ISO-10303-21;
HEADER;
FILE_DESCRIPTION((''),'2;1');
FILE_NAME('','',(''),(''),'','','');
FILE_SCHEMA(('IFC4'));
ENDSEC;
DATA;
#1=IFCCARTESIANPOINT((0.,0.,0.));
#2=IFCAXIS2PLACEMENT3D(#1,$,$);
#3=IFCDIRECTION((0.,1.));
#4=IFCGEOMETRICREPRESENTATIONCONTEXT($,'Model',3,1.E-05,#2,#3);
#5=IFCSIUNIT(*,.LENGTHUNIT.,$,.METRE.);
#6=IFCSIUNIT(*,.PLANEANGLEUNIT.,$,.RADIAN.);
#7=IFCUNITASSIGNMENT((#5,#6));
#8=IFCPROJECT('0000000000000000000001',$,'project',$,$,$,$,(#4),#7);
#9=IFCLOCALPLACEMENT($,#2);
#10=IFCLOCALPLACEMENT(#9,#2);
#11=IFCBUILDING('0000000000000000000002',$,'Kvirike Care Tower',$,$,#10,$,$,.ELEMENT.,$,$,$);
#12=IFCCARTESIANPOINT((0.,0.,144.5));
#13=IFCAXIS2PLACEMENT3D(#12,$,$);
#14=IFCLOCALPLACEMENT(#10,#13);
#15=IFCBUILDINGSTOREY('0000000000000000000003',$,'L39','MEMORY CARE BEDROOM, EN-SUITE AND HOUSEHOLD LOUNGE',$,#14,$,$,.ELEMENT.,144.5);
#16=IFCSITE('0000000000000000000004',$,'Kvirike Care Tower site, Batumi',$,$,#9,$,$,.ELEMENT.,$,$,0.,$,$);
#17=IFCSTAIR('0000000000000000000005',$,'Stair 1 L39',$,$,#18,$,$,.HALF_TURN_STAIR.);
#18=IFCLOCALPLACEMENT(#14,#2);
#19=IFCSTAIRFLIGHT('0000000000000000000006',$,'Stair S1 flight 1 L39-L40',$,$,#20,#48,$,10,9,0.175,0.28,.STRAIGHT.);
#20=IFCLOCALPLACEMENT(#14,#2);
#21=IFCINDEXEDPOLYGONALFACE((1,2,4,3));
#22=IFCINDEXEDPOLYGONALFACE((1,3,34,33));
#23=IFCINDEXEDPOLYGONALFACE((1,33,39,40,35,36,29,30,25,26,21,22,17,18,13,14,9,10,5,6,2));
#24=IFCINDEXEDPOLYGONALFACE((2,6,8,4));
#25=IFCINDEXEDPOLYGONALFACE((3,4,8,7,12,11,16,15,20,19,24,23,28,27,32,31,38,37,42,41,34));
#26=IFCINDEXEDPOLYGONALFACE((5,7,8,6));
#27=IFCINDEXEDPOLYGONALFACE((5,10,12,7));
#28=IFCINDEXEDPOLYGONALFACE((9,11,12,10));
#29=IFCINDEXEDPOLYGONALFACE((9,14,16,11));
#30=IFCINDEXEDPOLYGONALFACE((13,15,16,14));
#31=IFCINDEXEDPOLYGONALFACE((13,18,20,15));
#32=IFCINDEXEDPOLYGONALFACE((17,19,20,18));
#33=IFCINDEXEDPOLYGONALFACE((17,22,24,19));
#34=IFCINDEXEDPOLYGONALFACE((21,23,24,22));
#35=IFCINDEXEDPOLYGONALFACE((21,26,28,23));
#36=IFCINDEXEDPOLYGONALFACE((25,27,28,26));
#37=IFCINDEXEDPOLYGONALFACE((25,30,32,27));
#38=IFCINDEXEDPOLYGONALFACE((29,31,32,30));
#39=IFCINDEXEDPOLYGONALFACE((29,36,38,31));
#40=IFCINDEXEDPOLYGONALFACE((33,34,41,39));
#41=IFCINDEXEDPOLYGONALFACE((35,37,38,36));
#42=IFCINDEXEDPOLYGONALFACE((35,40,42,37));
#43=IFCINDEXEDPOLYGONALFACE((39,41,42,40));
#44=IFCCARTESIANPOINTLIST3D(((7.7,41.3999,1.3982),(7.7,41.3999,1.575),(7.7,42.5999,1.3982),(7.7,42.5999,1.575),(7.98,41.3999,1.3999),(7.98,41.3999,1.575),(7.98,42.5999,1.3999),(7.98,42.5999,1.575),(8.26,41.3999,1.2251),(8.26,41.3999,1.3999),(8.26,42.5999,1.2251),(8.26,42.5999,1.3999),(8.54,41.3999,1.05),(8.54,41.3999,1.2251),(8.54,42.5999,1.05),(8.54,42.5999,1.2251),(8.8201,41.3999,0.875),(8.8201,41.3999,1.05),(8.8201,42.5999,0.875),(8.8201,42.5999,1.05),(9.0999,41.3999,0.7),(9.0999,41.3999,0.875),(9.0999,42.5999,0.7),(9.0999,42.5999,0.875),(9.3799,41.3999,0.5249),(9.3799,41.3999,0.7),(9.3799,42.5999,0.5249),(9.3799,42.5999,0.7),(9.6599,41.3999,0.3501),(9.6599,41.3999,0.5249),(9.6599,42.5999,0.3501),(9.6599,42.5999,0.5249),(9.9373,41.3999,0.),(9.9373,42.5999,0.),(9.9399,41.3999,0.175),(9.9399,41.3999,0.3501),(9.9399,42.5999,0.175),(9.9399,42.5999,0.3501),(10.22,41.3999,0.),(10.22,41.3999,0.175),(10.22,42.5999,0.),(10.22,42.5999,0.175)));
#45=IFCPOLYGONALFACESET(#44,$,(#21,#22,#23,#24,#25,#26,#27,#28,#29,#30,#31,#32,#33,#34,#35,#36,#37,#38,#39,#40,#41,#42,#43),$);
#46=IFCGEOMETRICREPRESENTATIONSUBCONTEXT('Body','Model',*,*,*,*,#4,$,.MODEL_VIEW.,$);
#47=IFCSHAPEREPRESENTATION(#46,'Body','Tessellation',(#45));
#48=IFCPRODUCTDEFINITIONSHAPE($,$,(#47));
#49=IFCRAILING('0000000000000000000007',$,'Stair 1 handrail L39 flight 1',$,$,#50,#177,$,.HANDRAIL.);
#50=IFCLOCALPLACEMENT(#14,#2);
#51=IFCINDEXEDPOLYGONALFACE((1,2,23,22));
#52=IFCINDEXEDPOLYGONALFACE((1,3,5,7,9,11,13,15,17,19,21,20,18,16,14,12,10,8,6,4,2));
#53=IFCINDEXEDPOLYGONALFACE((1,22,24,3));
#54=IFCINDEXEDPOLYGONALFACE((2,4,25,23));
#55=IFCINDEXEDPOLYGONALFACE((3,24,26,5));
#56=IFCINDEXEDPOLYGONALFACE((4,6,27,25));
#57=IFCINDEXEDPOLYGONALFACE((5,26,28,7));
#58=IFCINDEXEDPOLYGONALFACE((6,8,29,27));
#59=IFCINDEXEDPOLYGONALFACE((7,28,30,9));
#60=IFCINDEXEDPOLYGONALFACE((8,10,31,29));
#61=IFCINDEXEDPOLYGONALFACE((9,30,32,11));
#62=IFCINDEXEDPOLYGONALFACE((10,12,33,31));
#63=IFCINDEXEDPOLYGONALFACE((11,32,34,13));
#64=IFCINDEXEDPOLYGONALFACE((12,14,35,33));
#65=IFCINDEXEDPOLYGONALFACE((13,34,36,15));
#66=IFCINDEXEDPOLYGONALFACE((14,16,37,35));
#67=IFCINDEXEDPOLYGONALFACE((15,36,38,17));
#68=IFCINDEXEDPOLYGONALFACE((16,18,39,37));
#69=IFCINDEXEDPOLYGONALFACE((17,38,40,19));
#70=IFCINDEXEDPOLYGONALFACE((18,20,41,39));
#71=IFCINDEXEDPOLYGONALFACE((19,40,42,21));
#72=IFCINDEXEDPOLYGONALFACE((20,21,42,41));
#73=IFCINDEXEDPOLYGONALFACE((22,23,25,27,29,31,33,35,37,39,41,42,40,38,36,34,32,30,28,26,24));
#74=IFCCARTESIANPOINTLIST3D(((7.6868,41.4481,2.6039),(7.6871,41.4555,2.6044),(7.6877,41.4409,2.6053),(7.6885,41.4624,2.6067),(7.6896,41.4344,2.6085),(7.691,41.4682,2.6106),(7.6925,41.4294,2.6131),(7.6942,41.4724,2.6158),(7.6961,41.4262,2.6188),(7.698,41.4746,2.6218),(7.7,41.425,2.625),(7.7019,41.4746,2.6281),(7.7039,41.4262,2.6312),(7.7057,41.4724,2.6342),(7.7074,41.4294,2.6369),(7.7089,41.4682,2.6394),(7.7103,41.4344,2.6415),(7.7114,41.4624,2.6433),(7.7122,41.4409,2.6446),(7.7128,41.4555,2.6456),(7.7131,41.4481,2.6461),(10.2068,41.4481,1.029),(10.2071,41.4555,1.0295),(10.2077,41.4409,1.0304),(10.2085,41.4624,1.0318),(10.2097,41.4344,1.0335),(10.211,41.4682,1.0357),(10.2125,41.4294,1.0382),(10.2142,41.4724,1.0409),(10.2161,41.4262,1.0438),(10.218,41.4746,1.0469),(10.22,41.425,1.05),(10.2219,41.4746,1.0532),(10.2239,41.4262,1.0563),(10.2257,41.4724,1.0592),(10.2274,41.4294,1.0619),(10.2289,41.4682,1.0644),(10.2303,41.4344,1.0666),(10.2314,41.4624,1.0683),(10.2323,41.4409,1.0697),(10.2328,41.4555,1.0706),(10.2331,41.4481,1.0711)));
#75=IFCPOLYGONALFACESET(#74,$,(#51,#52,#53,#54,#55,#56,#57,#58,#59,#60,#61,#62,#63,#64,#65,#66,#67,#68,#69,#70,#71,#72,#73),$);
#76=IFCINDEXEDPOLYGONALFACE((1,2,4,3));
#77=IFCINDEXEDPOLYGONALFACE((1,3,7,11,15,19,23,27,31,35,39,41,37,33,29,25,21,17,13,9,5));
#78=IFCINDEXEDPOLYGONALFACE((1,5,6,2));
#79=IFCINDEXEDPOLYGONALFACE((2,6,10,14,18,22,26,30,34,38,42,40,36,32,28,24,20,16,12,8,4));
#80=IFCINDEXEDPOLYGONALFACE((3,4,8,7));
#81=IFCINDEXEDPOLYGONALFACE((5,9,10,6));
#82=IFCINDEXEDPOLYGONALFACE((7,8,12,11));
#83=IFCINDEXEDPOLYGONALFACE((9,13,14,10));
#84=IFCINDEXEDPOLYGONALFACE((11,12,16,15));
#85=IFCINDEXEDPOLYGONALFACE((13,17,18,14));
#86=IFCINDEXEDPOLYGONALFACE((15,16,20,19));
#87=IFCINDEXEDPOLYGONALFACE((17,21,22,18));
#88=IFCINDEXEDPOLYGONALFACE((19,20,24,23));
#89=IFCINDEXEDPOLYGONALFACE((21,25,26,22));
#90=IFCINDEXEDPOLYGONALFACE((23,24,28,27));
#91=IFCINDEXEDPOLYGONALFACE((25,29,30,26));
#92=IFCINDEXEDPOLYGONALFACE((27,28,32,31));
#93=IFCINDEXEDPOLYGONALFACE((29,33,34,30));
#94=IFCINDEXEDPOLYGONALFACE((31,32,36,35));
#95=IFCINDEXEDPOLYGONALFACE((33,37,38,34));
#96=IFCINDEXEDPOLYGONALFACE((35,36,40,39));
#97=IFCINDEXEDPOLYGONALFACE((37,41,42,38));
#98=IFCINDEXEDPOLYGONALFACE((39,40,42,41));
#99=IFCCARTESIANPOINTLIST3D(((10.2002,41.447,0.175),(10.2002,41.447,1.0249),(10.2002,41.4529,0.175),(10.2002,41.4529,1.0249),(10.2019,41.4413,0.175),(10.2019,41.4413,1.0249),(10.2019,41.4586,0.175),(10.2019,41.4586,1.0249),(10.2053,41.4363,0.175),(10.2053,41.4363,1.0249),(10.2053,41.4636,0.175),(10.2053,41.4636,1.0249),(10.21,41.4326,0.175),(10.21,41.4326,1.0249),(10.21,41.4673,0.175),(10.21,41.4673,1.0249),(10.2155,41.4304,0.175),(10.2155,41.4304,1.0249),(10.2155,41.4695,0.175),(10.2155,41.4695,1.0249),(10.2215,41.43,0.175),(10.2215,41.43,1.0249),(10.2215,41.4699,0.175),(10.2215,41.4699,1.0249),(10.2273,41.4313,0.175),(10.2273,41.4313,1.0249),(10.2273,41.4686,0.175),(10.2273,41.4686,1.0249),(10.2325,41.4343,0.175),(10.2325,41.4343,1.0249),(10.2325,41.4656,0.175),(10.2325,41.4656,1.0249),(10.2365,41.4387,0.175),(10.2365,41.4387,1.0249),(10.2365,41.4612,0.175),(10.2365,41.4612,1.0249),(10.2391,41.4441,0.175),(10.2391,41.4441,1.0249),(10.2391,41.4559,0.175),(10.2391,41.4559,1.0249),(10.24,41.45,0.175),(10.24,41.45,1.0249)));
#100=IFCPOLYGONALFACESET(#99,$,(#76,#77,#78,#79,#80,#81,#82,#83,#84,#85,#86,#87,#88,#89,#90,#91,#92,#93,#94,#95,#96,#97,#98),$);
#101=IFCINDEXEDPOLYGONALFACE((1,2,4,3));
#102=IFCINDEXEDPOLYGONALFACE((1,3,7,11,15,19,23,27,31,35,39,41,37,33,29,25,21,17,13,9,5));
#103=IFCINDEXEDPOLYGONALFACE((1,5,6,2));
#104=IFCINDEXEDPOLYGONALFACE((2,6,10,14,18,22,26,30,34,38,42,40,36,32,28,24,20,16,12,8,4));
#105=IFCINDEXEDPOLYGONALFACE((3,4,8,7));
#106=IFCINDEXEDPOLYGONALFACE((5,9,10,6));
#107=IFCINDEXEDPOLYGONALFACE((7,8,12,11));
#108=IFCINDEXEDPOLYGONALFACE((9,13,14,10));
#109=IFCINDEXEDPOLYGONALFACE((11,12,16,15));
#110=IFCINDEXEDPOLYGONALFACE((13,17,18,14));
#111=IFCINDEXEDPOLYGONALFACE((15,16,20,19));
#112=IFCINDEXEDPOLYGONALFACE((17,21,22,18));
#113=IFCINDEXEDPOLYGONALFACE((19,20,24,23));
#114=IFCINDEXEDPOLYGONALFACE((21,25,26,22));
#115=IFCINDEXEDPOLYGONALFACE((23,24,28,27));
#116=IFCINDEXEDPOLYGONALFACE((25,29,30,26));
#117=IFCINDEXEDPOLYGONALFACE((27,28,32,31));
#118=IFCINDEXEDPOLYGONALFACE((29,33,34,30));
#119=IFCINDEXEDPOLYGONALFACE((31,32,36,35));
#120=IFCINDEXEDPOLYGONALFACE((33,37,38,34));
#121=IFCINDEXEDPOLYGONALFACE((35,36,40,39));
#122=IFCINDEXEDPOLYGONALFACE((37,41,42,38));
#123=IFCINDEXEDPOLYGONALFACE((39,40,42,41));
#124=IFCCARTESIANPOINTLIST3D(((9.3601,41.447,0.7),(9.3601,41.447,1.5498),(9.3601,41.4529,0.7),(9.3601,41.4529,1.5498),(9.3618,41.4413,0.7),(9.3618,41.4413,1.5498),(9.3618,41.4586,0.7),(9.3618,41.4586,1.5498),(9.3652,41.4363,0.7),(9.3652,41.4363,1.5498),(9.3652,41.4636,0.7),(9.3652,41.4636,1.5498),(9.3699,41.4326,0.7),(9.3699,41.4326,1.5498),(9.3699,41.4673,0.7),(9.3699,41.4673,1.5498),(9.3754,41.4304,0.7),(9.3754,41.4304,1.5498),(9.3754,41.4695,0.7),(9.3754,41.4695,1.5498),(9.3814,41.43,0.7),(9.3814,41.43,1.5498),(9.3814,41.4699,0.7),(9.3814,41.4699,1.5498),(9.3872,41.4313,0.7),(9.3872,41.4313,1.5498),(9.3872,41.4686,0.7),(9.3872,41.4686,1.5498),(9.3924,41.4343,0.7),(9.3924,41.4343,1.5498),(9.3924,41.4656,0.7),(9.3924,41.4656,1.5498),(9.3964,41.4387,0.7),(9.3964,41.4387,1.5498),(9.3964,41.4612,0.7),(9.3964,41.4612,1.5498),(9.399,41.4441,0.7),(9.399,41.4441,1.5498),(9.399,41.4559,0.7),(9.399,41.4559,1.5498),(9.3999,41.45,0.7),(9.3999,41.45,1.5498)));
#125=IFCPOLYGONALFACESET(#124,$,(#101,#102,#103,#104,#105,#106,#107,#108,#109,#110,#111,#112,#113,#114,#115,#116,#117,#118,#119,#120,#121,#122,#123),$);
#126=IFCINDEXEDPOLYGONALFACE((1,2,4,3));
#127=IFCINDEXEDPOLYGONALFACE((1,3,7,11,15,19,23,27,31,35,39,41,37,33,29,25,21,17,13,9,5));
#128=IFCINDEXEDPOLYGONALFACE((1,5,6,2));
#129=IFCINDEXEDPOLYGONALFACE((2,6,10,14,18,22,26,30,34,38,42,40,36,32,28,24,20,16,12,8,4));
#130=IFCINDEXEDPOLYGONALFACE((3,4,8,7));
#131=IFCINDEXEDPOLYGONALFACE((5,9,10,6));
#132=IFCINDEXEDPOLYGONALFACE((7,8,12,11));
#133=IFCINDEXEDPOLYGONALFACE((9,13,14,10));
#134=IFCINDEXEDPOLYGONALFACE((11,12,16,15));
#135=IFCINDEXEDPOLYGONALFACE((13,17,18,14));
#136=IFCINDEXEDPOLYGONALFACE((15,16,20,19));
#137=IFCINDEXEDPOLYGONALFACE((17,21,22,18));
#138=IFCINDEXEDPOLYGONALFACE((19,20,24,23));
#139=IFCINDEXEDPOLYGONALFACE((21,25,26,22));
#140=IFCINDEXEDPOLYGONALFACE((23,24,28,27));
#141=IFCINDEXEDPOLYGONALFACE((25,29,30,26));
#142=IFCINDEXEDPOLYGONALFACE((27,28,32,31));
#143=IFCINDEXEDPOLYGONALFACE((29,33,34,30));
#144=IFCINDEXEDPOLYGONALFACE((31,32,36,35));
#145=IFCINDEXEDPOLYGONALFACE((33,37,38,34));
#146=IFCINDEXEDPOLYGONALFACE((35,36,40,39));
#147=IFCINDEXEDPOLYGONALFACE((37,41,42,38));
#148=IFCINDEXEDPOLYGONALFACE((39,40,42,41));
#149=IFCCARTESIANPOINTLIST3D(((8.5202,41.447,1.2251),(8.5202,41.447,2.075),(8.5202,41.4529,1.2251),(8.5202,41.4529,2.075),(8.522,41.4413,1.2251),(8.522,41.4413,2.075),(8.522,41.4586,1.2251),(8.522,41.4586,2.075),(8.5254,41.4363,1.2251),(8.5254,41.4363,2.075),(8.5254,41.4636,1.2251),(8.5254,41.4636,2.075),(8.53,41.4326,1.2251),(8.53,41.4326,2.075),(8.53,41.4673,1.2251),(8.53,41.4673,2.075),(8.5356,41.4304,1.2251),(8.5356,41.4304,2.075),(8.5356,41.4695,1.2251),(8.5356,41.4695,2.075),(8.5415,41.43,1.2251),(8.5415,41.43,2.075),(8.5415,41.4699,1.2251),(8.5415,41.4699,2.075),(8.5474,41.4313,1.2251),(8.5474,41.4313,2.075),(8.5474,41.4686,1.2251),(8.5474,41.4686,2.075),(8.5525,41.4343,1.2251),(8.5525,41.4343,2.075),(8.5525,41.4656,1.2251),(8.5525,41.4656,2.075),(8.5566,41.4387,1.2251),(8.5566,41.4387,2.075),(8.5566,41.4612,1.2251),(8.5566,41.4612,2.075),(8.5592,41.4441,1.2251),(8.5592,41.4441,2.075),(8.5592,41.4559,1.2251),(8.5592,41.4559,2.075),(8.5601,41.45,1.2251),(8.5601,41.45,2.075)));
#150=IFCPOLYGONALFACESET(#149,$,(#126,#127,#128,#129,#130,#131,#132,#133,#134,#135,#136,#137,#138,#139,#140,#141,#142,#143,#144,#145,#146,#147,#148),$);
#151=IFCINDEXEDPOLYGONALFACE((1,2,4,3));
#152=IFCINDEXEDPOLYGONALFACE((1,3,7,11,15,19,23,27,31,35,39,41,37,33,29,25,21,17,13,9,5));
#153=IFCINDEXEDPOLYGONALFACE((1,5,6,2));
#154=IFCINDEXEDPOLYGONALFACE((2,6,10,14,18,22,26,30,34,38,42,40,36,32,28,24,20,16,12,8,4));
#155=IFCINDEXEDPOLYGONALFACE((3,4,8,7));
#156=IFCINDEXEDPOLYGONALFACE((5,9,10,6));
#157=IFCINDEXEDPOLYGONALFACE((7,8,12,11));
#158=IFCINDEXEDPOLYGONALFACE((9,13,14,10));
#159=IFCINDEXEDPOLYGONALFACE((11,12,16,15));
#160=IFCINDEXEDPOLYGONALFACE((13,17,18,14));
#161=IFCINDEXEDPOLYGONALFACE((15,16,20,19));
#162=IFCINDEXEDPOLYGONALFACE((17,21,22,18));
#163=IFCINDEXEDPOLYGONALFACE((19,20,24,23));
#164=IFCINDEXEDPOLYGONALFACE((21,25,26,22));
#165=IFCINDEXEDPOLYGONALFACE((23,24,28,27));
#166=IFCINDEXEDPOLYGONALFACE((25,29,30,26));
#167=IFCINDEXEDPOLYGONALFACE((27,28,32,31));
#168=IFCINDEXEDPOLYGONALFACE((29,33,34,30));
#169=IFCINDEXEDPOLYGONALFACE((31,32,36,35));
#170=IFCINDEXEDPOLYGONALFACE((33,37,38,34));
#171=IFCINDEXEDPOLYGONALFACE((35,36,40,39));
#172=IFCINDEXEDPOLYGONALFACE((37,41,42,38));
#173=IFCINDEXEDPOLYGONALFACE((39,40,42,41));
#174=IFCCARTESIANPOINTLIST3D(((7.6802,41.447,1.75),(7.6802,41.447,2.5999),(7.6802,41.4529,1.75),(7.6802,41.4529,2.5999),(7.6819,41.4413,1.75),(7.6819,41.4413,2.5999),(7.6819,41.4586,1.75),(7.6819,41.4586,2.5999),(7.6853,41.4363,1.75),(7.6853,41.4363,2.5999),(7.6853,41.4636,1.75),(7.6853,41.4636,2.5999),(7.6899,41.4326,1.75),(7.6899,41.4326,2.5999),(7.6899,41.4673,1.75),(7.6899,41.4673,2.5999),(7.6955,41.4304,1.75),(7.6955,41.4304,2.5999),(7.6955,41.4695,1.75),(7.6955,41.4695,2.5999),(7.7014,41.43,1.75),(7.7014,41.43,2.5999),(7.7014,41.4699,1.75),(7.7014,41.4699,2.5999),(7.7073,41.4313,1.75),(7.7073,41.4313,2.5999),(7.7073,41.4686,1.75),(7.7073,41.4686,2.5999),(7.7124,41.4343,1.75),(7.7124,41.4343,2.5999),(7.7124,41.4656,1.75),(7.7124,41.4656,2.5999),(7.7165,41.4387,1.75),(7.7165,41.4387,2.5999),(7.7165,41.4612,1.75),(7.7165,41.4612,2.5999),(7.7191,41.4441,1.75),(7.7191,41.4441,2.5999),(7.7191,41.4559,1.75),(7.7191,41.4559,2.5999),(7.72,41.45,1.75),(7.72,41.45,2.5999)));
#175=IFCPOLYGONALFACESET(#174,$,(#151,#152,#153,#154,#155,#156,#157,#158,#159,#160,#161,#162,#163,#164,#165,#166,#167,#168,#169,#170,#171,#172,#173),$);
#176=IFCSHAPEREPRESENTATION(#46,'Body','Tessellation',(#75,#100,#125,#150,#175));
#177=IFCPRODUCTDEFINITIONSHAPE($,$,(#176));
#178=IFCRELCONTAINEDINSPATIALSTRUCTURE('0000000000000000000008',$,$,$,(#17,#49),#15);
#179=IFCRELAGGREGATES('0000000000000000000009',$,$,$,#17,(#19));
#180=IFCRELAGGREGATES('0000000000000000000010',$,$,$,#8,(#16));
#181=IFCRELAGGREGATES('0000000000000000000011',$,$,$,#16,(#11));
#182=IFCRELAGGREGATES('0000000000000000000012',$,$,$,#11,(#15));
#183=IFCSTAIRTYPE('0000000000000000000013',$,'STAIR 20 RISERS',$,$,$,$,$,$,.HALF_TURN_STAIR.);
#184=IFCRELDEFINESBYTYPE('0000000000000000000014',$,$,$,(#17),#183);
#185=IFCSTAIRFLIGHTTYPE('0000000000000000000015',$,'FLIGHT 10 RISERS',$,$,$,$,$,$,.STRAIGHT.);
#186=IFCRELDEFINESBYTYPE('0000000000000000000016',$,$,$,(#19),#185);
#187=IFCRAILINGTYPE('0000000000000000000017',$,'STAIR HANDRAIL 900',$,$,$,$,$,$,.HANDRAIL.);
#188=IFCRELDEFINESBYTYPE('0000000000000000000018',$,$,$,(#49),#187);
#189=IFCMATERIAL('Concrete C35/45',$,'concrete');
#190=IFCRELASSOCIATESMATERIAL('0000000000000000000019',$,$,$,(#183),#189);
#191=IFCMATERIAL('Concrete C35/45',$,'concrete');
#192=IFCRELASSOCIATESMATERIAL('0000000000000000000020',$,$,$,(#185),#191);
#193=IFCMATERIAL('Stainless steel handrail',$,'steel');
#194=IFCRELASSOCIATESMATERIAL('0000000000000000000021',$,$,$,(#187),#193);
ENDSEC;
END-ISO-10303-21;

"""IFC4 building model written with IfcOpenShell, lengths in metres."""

from ifc_helpers import new_model, si_unit, direction, frame, origin, origin_2d, place, context, subcontext, project, spatial, polyline, circle, outline, extrude, material, type_object, element, aggregate, save


model = new_model("IFC4")

# Units and contexts
model_context = context("Model", 3, precision=1e-05, world=origin(), true_north=direction((0.0, 1.0)))
body_context = subcontext(model_context, "Body", "Model", "MODEL_VIEW")
ifc_project = project(units=[si_unit("LENGTHUNIT", "METRE"), si_unit("PLANEANGLEUNIT", "RADIAN")], contexts=[model_context])

# Site, building, storey
site_placement = place(None, origin())
site = spatial("IfcSite", under=ifc_project, at=site_placement, Name="Kvirike Care Tower site, Batumi", CompositionType="ELEMENT", RefElevation=0.0)
building_placement = place(site_placement, origin())
building = spatial("IfcBuilding", under=site, at=building_placement, Name="Kvirike Care Tower", CompositionType="ELEMENT")
storey_placement = place(building_placement, frame((0.0, 0.0, 144.5)))
storey = spatial("IfcBuildingStorey", under=building, at=storey_placement, Name="L39", Description="MEMORY CARE BEDROOM, EN-SUITE AND HOUSEHOLD LOUNGE", CompositionType="ELEMENT", Elevation=144.5)

# Stair, stair flight
ifc_material_1 = material(Name="Concrete C35/45", Category="concrete")
stair_type = type_object("IfcStairType", Name="STAIR 20 RISERS", PredefinedType="HALF_TURN_STAIR", material=ifc_material_1)
stair_placement = place(storey_placement, origin())
stair = element("IfcStair", 1, at=stair_placement, inside=storey, type_object=stair_type, Name="Stair 1 L39", PredefinedType="HALF_TURN_STAIR")
ifc_material_2 = material(Name="Concrete C35/45", Category="concrete")
stair_flight_type = type_object("IfcStairFlightType", Name="FLIGHT 10 RISERS", PredefinedType="STRAIGHT", material=ifc_material_2)
stair_flight_placement = place(storey_placement, frame((10.22, 42.0, 0.0), z_axis=(0.0, 0.0, 1.0), x_axis=(-1.0, 0.0, 0.0)))
stair_flight = element("IfcStairFlight", 2, at=stair_flight_placement, type_object=stair_flight_type, Name="Stair S1 flight 1 L39-L40", NumberOfRisers=10, NumberOfTreads=9, PredefinedType="STRAIGHT", RiserHeight=0.175, TreadLength=0.28, context=body_context, shape_type="SweptSolid", body=[
    extrude(outline(polyline([(0.0, 0.0), (0.0, 0.175), (0.28, 0.175), (0.28, 0.3501), (0.5601, 0.3501), (0.5601, 0.5249), (0.8401, 0.5249), (0.8401, 0.7), (1.1201, 0.7), (1.1201, 0.875), (1.3999, 0.875), (1.3999, 1.05), (1.6799, 1.05), (1.6799, 1.2251), (1.96, 1.2251), (1.96, 1.3999), (2.24, 1.3999), (2.24, 1.575), (2.52, 1.575), (2.52, 1.75), (2.52, 1.3982), (0.2827, 0.0), (0.0, 0.0)])), frame((0.0, 0.6001, 0.0), z_axis=(0.0, -1.0, 0.0), x_axis=(1.0, 0.0, 0.0)), (0.0, 0.0, 1.0), 1.2),
])
aggregate(stair, [stair_flight])

# Railing
ifc_material_3 = material(Name="Stainless steel handrail", Category="steel")
railing_type = type_object("IfcRailingType", Name="STAIR HANDRAIL 900", PredefinedType="HANDRAIL", material=ifc_material_3)
railing_placement = place(storey_placement, frame((10.22, 41.45, 0.175)))
element("IfcRailing", 3, at=railing_placement, inside=storey, type_object=railing_type, Name="Stair 1 handrail L39 flight 1", PredefinedType="HANDRAIL", context=body_context, shape_type="SweptSolid", body=[
    extrude(circle(Radius=0.0249, at=origin_2d()), frame((0.0, 0.0, 0.875), z_axis=(-0.848008, 0.0, 0.529984), x_axis=(0.0, -1.0, 0.0)), (0.0, 0.0, 1.0), 2.9717),
    extrude(circle(Radius=0.02, at=origin_2d()), origin(), (0.0, 0.0, 1.0), 0.8499),
    extrude(circle(Radius=0.02, at=origin_2d()), frame((-0.8401, 0.0, 0.5249)), (0.0, 0.0, 1.0), 0.8499),
    extrude(circle(Radius=0.02, at=origin_2d()), frame((-1.6799, 0.0, 1.05)), (0.0, 0.0, 1.0), 0.8499),
    extrude(circle(Radius=0.02, at=origin_2d()), frame((-2.52, 0.0, 1.575)), (0.0, 0.0, 1.0), 0.8499),
])

save(model, "model.ifc")
